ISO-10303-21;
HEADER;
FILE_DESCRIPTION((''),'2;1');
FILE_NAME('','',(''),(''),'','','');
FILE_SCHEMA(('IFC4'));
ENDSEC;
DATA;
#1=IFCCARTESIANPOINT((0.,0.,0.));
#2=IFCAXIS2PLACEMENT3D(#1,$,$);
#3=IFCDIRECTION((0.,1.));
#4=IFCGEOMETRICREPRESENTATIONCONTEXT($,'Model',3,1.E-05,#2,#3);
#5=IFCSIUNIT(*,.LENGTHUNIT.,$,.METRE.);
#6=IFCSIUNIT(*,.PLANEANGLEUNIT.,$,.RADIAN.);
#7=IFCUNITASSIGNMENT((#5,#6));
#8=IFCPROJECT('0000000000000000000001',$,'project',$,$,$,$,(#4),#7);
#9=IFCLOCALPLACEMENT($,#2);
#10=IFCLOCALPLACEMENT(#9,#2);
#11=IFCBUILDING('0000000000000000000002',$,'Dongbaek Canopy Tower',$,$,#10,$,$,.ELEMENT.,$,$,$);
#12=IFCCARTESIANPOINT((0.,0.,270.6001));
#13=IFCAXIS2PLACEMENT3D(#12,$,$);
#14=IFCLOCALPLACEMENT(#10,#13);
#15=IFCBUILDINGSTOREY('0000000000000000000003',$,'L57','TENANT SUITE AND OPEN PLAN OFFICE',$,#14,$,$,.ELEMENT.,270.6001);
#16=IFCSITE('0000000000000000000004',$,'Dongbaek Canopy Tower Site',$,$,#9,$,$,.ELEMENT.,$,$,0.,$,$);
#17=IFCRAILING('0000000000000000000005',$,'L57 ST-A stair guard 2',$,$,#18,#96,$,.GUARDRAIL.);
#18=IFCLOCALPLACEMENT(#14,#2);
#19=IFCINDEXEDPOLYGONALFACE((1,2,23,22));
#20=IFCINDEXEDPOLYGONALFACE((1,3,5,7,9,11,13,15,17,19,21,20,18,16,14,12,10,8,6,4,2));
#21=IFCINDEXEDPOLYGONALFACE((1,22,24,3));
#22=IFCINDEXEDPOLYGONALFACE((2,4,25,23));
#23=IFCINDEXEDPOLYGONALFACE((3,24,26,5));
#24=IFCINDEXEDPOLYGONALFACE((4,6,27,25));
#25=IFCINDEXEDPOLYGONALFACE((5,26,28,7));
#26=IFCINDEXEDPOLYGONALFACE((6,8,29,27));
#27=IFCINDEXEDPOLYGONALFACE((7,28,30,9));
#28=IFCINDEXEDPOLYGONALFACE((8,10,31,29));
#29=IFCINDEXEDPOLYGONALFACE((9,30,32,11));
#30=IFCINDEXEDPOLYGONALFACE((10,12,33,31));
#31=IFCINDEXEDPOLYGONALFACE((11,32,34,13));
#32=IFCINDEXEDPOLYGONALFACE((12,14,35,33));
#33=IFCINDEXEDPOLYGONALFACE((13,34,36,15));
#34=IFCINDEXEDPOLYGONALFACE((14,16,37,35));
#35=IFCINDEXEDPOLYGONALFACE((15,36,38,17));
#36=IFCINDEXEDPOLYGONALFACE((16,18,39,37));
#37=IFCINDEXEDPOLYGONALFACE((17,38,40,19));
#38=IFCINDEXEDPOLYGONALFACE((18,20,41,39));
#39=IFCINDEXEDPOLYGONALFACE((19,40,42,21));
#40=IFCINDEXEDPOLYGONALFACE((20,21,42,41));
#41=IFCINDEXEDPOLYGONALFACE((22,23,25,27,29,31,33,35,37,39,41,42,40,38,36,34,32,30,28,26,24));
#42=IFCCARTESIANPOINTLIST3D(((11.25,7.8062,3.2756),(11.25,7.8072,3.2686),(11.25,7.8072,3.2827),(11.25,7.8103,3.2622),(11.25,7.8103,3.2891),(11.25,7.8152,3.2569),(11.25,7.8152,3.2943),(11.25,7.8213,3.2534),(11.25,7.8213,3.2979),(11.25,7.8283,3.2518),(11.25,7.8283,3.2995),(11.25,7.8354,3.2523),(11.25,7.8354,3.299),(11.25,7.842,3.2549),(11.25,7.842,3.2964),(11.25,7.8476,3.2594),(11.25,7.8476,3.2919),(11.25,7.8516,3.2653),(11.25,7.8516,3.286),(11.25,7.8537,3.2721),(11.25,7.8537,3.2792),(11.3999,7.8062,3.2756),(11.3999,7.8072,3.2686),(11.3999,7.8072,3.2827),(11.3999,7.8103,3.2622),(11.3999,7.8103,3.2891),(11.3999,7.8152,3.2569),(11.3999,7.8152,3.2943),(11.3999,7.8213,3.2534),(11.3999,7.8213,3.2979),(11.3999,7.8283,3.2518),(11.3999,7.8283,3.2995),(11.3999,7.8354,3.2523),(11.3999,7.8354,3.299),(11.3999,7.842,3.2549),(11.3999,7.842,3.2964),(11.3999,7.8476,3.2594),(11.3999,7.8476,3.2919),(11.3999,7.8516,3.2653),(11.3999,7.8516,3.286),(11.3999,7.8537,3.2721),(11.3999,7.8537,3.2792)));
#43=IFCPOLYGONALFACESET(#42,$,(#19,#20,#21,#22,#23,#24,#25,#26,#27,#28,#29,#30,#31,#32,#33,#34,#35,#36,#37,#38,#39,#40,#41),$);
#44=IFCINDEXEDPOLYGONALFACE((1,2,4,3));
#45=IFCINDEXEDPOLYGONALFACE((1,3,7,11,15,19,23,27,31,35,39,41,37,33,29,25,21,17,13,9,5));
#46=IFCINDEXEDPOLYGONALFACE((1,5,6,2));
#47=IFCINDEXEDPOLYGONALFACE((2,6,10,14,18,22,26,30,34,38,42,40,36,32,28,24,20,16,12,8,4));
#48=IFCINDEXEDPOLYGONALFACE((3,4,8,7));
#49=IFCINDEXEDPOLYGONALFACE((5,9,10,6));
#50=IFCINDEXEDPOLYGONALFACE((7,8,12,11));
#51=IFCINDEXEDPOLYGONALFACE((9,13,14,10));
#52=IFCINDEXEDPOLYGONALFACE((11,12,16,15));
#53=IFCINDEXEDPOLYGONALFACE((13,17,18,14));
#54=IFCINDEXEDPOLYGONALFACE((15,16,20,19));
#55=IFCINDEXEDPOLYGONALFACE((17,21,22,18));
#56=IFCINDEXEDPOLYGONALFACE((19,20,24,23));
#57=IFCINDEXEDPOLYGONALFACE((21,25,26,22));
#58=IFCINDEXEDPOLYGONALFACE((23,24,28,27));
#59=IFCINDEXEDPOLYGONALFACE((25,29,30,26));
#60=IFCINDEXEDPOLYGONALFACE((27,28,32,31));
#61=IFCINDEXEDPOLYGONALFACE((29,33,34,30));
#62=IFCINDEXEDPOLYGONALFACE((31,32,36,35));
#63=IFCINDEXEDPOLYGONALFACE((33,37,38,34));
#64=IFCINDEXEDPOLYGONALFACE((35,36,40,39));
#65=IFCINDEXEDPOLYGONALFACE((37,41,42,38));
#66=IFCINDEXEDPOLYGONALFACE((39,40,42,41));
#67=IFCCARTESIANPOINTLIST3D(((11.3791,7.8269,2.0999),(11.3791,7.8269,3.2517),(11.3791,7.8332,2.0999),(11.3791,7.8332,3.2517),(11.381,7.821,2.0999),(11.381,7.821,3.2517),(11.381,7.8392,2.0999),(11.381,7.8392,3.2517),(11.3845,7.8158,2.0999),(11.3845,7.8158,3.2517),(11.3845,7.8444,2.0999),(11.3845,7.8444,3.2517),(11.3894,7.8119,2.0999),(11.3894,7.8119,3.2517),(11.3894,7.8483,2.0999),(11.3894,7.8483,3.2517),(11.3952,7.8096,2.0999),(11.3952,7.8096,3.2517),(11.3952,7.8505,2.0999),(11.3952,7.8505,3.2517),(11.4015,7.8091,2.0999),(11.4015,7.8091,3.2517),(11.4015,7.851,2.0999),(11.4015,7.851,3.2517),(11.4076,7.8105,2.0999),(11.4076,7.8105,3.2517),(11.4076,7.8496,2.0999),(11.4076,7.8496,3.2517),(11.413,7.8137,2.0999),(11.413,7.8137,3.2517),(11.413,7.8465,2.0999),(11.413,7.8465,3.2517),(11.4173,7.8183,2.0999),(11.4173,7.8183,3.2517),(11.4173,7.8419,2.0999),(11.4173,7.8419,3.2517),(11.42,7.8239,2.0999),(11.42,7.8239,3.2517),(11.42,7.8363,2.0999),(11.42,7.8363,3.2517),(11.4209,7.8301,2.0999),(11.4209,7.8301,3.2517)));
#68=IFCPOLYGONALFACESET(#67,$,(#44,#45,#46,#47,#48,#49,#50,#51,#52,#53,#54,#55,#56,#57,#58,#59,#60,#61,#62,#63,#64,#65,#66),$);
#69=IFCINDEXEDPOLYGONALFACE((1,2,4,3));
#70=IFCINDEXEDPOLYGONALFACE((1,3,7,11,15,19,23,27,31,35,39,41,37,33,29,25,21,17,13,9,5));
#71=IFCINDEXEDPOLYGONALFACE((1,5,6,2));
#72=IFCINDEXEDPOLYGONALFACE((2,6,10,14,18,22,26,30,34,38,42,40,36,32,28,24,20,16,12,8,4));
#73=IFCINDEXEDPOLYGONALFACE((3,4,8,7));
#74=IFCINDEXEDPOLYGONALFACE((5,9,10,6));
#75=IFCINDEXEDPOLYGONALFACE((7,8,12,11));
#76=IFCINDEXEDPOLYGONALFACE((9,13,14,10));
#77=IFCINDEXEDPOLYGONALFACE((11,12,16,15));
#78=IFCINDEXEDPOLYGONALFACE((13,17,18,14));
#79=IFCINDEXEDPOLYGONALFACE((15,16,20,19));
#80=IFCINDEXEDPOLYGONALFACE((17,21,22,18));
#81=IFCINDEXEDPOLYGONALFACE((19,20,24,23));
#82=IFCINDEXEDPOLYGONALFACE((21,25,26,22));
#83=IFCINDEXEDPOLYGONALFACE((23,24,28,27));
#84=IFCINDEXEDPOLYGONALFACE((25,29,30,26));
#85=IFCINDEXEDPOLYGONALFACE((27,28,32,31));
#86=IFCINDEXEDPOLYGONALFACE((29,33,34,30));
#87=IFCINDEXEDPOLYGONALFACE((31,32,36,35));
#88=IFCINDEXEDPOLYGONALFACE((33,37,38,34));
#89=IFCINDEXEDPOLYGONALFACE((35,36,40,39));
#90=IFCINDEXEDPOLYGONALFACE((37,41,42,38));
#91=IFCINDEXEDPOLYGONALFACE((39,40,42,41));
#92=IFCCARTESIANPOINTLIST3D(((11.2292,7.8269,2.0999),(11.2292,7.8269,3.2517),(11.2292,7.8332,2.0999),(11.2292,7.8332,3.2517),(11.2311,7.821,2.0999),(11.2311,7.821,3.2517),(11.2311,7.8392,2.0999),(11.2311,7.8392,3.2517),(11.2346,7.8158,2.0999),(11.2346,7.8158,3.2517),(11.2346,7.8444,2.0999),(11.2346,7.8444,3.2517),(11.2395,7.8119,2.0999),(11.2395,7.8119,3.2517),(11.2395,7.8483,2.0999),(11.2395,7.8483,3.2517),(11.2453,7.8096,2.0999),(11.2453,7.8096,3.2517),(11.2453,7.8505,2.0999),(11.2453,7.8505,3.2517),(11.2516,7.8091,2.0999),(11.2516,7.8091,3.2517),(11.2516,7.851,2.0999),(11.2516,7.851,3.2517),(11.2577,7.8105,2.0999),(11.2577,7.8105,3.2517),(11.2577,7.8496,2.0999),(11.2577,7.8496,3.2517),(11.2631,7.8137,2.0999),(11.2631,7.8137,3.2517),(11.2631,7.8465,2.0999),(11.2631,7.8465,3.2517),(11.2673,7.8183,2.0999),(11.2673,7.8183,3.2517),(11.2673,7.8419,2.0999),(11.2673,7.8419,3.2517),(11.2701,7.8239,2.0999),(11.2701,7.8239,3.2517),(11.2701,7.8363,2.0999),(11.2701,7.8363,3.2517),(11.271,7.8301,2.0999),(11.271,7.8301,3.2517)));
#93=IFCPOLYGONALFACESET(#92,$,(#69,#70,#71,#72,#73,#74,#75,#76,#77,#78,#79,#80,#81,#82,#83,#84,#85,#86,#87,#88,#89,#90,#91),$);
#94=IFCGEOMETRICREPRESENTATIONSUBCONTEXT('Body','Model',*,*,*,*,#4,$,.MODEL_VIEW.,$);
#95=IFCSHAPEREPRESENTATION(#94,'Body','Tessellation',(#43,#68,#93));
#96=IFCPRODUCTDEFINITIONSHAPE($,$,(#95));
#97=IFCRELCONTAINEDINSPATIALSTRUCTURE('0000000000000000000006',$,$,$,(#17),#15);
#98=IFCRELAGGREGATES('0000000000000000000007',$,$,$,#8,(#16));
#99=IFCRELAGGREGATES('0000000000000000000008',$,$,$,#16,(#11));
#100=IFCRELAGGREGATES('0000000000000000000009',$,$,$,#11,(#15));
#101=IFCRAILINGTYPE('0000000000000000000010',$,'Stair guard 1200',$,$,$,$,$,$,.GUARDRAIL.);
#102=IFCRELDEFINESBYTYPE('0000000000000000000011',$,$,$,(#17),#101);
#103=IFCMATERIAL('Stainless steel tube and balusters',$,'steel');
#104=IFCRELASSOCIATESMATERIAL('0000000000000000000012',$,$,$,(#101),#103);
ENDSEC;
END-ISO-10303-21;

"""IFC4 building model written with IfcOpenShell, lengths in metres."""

from ifc_helpers import new_model, si_unit, direction, frame, origin, origin_2d, place, context, subcontext, project, spatial, circle, extrude, material, type_object, element, save


model = new_model("IFC4")

# Units and contexts
model_context = context("Model", 3, precision=1e-05, world=origin(), true_north=direction((0.0, 1.0)))
body_context = subcontext(model_context, "Body", "Model", "MODEL_VIEW")
ifc_project = project(units=[si_unit("LENGTHUNIT", "METRE"), si_unit("PLANEANGLEUNIT", "RADIAN")], contexts=[model_context])

# Site, building, storey
site_placement = place(None, origin())
site = spatial("IfcSite", under=ifc_project, at=site_placement, Name="Dongbaek Canopy Tower Site", CompositionType="ELEMENT", RefElevation=0.0)
building_placement = place(site_placement, origin())
building = spatial("IfcBuilding", under=site, at=building_placement, Name="Dongbaek Canopy Tower", CompositionType="ELEMENT")
storey_placement = place(building_placement, frame((0.0, 0.0, 270.6001)))
storey = spatial("IfcBuildingStorey", under=building, at=storey_placement, Name="L57", Description="TENANT SUITE AND OPEN PLAN OFFICE", CompositionType="ELEMENT", Elevation=270.6001)

# Railing
ifc_material_1 = material(Name="Stainless steel tube and balusters", Category="steel")
railing_type_1 = type_object("IfcRailingType", Name="Stair guard 1200", PredefinedType="GUARDRAIL", material=ifc_material_1)
railing_1_placement = place(storey_placement, frame((11.3999, 7.8301, 2.0999)))
element("IfcRailing", 1, at=railing_1_placement, inside=storey, type_object=railing_type_1, Name="L57 ST-A stair guard 2", PredefinedType="GUARDRAIL", context=body_context, shape_type="SweptSolid", body=[
    extrude(circle(Radius=0.0239, at=origin_2d()), frame((0.0, 0.0, 1.1758), z_axis=(-1.0, 0.0, 0.0), x_axis=(0.0, -1.0, 0.0)), (0.0, 0.0, 1.0), 0.1499),
    extrude(circle(Radius=0.021, at=origin_2d()), origin(), (0.0, 0.0, 1.0), 1.1519),
    extrude(circle(Radius=0.021, at=origin_2d()), frame((-0.1499, 0.0, 0.0)), (0.0, 0.0, 1.0), 1.1519),
])

save(model, "model.ifc")
